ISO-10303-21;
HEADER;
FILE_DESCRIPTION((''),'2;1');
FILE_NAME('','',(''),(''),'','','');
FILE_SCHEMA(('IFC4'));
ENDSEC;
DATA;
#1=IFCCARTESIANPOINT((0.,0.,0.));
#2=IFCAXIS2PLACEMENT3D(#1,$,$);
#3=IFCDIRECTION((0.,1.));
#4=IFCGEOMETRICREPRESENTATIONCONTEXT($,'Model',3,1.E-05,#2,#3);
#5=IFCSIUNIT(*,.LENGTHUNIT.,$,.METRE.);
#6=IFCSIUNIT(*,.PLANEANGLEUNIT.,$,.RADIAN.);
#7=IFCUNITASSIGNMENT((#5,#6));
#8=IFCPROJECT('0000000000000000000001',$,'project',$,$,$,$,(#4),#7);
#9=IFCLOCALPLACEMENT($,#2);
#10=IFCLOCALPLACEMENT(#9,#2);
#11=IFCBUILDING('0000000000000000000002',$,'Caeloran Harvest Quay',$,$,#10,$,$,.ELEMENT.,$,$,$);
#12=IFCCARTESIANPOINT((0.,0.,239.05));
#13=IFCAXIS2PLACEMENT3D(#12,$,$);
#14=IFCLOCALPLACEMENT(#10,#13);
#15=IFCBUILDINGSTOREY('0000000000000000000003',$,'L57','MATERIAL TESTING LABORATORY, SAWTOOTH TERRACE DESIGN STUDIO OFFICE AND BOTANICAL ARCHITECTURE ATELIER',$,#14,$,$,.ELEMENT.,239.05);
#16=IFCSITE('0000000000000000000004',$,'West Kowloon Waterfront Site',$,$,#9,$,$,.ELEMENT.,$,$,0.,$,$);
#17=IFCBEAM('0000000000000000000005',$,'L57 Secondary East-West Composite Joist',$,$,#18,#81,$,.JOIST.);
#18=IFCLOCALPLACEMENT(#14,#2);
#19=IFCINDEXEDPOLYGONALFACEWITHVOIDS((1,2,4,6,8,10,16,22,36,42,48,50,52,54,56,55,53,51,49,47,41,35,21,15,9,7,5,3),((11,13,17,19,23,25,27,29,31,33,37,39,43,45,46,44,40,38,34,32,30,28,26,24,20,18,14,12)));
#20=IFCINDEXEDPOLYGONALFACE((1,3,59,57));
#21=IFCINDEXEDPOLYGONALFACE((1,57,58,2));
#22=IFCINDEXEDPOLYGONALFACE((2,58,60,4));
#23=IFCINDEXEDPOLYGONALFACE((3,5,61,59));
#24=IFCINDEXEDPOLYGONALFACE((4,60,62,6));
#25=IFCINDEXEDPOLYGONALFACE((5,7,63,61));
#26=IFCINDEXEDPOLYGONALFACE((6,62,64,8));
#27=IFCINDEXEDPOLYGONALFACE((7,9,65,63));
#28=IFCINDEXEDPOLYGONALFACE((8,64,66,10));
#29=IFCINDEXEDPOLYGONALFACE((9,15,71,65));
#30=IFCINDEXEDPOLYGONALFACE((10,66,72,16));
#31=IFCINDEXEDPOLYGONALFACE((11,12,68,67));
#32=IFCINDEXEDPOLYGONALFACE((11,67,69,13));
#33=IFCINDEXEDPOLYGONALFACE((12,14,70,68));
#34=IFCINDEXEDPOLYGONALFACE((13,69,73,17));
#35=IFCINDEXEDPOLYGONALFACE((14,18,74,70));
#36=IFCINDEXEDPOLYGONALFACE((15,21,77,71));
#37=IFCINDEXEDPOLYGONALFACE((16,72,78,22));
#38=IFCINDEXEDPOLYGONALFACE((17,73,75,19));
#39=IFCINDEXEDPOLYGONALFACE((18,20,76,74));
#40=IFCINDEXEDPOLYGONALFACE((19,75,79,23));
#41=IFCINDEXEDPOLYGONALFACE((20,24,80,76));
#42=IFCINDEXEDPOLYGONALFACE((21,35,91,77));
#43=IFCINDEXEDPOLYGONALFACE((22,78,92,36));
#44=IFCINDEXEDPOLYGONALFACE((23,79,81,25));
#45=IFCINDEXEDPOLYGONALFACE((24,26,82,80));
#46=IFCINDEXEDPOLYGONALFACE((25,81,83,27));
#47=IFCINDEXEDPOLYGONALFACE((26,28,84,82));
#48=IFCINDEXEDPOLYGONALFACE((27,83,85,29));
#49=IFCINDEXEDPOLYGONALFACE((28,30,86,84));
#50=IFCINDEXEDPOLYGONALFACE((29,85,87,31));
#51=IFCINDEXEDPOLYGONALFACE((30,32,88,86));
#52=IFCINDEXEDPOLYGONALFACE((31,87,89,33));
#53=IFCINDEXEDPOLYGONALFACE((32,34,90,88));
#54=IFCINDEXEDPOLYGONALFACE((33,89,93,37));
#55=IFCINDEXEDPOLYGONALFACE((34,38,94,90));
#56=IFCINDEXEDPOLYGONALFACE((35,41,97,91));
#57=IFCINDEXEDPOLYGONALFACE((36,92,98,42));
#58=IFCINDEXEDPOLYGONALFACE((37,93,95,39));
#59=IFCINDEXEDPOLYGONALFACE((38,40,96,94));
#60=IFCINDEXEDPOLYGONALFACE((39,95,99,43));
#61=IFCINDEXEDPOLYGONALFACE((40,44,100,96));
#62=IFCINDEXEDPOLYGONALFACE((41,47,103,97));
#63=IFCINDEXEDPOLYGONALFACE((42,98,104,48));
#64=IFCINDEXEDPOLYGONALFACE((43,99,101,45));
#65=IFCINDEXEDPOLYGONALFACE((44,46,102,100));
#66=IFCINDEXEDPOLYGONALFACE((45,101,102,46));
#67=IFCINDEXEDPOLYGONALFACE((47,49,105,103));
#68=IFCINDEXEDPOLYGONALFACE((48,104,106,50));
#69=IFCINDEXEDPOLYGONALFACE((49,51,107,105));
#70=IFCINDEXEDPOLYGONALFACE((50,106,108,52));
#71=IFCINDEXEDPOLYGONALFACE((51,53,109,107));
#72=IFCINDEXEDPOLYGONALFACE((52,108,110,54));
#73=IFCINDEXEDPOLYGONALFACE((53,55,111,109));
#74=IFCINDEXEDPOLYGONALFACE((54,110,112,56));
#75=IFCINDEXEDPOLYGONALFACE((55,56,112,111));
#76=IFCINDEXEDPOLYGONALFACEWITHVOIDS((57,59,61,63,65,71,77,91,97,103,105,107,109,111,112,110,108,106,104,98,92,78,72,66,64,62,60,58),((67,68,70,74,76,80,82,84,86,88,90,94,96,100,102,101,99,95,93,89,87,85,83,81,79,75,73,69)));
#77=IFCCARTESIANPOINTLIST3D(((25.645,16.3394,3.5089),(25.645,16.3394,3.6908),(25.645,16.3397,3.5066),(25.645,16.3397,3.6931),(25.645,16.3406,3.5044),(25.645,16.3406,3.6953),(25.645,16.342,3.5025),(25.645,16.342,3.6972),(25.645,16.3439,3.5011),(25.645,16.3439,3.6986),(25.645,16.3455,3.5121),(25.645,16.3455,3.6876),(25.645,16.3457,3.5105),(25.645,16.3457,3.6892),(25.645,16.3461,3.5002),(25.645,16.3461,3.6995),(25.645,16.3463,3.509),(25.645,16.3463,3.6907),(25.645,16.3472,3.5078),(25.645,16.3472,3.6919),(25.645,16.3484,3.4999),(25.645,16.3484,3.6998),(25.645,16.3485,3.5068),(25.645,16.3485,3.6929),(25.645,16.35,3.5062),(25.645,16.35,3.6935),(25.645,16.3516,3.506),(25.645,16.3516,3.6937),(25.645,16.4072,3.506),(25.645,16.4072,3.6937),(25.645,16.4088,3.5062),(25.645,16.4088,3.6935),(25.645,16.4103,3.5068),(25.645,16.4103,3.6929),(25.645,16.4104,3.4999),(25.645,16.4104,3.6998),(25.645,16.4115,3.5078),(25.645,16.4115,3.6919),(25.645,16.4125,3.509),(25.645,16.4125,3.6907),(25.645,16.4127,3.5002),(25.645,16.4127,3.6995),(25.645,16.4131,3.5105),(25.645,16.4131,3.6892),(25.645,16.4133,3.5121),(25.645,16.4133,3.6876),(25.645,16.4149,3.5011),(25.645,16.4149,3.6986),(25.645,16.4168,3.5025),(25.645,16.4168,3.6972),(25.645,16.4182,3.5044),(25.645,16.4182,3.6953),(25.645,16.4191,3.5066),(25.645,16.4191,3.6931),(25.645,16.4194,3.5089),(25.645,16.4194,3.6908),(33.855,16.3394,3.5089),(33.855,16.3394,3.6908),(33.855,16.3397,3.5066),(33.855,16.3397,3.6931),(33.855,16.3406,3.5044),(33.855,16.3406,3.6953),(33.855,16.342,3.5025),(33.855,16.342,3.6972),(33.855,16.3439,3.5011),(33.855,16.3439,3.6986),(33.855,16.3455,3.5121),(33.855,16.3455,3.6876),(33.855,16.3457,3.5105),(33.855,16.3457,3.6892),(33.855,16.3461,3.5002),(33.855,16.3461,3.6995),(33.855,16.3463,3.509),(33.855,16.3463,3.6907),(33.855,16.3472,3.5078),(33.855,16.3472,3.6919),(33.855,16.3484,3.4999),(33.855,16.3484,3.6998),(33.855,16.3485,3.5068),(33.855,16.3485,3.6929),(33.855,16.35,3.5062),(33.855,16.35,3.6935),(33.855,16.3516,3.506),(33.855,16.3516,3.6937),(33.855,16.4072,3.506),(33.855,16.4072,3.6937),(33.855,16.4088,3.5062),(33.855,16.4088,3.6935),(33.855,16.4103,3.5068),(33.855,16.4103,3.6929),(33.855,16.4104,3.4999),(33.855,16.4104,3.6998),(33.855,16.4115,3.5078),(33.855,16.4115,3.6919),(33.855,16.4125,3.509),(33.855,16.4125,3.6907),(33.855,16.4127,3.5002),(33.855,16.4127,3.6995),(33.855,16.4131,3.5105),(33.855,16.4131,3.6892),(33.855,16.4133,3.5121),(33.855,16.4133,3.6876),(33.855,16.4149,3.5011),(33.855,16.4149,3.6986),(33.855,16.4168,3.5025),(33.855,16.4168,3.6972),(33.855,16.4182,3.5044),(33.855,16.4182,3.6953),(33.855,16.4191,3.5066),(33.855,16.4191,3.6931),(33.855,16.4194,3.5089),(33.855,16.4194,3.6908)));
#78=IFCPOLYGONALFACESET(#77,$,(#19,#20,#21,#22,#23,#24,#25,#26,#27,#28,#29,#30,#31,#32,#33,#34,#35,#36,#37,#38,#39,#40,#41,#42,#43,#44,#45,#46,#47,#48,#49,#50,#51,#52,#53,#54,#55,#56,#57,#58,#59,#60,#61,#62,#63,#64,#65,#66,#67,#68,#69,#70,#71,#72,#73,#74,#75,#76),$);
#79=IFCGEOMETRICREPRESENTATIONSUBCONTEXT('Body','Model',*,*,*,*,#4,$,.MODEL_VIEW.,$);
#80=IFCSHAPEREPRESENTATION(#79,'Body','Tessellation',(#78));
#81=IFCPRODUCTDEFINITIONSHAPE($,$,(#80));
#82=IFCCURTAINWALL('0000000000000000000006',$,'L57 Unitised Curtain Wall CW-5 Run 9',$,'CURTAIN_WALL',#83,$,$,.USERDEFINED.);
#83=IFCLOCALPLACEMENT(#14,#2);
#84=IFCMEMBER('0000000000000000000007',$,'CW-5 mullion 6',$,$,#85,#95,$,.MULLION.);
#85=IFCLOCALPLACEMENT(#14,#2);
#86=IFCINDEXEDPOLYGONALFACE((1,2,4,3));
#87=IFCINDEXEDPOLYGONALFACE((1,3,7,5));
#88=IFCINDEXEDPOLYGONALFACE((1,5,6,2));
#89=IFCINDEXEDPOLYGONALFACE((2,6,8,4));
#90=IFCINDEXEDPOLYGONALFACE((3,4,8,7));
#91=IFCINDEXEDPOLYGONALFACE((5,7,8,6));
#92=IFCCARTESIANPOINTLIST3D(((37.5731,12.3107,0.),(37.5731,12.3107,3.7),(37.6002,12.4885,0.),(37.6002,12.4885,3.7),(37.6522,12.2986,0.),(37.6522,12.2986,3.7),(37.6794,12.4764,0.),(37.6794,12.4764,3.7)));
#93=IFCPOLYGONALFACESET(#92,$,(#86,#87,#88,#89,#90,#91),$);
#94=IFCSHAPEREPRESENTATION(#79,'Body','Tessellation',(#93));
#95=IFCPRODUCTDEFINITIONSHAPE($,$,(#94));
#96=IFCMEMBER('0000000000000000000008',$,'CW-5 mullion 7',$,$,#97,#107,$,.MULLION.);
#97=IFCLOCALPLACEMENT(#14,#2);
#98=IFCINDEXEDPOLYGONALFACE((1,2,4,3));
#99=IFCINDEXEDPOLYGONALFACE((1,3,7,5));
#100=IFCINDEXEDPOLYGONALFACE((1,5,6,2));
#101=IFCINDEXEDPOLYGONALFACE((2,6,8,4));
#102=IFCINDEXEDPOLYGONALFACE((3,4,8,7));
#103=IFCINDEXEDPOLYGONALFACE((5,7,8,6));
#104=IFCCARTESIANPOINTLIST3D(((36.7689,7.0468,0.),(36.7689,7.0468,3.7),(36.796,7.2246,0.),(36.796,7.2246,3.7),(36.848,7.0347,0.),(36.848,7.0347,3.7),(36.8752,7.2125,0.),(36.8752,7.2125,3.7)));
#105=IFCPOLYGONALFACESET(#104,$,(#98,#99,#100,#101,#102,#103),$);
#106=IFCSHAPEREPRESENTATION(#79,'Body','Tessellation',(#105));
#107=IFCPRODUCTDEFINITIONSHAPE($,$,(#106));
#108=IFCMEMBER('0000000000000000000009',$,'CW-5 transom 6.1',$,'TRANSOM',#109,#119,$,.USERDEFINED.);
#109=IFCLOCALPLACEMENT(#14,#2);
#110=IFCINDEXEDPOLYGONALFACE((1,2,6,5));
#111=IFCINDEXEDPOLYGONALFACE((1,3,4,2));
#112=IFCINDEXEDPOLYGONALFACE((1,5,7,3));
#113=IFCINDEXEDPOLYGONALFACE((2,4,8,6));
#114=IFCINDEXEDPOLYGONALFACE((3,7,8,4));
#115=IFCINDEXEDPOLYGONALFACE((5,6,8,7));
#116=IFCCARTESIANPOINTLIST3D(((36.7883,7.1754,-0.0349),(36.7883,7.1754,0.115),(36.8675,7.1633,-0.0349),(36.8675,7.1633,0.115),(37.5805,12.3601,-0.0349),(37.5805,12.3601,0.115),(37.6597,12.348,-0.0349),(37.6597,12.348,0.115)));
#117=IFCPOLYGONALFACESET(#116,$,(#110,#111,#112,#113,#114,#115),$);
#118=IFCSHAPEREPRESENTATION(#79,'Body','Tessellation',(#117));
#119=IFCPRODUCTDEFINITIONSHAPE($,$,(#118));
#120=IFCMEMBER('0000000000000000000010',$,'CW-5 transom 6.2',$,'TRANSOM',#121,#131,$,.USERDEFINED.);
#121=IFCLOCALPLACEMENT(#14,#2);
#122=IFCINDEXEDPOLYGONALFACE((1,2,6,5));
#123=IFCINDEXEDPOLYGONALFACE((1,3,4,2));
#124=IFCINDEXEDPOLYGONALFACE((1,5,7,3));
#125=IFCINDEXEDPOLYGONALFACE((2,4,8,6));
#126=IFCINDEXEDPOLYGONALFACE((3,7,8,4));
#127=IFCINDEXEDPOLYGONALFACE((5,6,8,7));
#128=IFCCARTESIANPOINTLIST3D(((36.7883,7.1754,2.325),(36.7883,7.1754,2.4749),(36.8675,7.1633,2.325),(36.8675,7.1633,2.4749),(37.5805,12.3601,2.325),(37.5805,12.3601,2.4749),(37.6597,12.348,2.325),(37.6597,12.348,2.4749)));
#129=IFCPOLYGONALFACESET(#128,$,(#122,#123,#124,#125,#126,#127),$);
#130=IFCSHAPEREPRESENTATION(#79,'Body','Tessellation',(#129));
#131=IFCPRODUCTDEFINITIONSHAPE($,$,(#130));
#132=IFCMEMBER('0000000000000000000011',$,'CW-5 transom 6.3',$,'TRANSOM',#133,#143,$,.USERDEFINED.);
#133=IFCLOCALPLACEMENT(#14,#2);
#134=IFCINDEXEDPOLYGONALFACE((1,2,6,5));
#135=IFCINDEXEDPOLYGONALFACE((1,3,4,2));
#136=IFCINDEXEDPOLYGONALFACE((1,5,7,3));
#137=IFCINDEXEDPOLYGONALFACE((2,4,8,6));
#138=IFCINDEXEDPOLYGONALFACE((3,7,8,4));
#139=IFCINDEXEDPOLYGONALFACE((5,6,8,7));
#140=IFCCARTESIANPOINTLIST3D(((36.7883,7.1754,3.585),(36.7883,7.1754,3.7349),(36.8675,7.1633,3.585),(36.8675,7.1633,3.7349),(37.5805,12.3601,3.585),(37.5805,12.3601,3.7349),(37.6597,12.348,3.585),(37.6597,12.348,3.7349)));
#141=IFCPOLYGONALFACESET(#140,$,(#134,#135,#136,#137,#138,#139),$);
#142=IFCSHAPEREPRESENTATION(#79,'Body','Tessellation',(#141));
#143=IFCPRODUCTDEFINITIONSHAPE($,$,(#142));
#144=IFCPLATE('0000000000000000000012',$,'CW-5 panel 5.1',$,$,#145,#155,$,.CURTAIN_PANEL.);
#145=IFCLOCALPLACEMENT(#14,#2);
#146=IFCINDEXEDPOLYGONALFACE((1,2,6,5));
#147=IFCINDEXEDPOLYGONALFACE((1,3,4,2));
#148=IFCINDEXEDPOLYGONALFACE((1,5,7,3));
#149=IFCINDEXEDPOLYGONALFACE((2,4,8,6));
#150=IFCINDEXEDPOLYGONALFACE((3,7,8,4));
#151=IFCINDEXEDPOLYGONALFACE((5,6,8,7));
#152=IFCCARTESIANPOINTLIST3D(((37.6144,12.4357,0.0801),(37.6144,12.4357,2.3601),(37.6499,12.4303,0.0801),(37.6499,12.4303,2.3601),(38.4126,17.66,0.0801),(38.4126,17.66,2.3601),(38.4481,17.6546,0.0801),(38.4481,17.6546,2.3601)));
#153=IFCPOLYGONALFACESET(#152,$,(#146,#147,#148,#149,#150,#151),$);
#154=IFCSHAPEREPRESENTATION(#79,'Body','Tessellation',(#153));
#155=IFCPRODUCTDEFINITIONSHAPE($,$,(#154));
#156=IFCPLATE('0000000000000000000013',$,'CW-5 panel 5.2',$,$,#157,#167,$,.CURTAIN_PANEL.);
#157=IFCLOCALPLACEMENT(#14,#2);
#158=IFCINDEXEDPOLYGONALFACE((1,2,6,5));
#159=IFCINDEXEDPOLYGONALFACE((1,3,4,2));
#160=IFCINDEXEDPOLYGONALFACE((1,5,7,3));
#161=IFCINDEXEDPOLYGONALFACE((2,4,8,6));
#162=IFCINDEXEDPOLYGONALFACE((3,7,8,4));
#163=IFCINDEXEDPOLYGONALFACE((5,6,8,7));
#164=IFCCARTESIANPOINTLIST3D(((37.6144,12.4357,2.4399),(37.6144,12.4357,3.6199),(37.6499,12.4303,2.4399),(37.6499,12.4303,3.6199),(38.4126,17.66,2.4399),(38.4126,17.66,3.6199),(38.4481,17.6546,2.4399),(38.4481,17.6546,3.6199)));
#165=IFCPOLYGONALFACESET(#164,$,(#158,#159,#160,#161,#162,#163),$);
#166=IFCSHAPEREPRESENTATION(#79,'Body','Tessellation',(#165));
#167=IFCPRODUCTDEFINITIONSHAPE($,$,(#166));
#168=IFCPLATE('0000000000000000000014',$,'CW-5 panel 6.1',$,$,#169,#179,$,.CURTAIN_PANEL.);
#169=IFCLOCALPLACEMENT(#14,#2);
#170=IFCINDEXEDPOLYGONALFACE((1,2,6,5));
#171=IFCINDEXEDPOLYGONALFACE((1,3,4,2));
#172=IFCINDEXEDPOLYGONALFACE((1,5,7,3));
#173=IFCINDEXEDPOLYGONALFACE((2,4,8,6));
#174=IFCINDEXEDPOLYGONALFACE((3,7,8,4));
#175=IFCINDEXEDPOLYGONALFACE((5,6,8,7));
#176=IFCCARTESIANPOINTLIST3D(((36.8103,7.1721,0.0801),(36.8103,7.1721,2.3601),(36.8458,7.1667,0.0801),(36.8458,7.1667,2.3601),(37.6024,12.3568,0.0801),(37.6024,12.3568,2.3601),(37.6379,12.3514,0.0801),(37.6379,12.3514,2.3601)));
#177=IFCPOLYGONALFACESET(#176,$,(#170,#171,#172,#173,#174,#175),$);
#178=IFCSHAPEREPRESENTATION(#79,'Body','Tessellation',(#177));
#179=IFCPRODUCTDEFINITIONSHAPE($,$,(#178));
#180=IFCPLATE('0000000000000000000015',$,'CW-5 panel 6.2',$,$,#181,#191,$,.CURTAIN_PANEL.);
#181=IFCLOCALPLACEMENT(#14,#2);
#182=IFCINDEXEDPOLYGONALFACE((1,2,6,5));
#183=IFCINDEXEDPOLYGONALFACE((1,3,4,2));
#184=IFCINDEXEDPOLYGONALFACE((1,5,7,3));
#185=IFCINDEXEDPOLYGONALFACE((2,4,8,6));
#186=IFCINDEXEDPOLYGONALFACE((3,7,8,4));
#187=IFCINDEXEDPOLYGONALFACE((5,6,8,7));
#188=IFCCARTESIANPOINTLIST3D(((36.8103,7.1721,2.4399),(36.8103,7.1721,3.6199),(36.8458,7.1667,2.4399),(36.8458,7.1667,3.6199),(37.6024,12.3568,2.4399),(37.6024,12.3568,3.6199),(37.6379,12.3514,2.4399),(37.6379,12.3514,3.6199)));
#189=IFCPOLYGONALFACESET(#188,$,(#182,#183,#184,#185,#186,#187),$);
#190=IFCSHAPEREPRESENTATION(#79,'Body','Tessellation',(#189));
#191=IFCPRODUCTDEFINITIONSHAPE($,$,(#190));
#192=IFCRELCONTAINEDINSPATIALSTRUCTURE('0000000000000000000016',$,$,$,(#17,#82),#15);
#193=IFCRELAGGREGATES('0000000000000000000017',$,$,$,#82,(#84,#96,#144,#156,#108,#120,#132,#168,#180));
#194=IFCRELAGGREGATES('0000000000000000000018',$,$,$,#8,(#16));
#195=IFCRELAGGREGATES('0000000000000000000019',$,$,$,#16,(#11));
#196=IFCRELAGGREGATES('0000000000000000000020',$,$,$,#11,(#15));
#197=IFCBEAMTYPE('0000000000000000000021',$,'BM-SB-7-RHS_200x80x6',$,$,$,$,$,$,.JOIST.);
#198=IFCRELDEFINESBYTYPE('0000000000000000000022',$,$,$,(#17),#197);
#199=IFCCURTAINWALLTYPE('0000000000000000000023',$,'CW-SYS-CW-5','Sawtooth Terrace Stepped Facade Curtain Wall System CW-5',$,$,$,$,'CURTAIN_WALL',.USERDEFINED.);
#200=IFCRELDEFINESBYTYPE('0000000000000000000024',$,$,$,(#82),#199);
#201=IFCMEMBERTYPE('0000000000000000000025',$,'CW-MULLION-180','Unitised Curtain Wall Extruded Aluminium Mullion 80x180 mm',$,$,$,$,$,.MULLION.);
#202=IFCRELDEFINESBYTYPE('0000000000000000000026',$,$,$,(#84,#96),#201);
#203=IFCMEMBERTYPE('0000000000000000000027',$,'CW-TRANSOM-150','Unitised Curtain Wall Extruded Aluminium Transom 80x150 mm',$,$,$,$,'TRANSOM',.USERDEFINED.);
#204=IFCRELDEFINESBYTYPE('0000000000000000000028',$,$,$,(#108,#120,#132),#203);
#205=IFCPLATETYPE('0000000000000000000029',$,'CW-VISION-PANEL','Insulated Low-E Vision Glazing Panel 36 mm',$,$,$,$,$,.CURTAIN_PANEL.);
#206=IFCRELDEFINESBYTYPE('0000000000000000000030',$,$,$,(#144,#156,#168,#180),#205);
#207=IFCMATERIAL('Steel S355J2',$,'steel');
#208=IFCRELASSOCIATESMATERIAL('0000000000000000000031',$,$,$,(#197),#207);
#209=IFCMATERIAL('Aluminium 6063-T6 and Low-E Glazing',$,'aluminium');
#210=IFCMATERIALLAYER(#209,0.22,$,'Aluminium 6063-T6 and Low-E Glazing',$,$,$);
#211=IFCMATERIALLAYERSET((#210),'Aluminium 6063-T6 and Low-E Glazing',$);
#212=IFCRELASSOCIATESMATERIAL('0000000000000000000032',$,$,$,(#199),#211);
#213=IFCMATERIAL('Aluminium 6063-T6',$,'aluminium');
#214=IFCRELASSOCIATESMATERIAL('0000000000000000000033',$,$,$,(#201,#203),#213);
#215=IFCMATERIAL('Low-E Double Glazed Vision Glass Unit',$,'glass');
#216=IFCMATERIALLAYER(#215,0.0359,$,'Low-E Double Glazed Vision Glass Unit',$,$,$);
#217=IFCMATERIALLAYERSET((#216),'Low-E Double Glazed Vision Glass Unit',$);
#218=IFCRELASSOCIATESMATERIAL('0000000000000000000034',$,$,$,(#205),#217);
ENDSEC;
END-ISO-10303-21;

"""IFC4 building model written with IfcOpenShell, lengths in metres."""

from ifc_helpers import new_model, si_unit, direction, frame, origin, origin_2d, place, context, subcontext, project, spatial, rectangle, hollow_rectangle, extrude, material, layer, layer_set, material_profile, profile_set, type_object, element, aggregate, save


model = new_model("IFC4")

# Units and contexts
model_context = context("Model", 3, precision=1e-05, world=origin(), true_north=direction((0.0, 1.0)))
body_context = subcontext(model_context, "Body", "Model", "MODEL_VIEW")
ifc_project = project(units=[si_unit("LENGTHUNIT", "METRE"), si_unit("PLANEANGLEUNIT", "RADIAN")], contexts=[model_context])

# Site, building, storey
site_placement = place(None, origin())
site = spatial("IfcSite", under=ifc_project, at=site_placement, Name="West Kowloon Waterfront Site", CompositionType="ELEMENT", RefElevation=0.0)
building_placement = place(site_placement, origin())
building = spatial("IfcBuilding", under=site, at=building_placement, Name="Caeloran Harvest Quay", CompositionType="ELEMENT")
storey_placement = place(building_placement, frame((0.0, 0.0, 239.05)))
storey = spatial("IfcBuildingStorey", under=building, at=storey_placement, Name="L57", Description="MATERIAL TESTING LABORATORY, SAWTOOTH TERRACE DESIGN STUDIO OFFICE AND BOTANICAL ARCHITECTURE ATELIER", CompositionType="ELEMENT", Elevation=239.05)

# Beam
ifc_material_1 = material(Name="Steel S355J2", Category="steel")
ifc_material_profile_1 = material_profile(ifc_material_1, hollow_rectangle(XDim=0.0801, YDim=0.2, WallThickness=0.0061, InnerFilletRadius=0.0061, OuterFilletRadius=0.009, at=origin_2d()), Name="RHS 200x80x6")
ifc_profile_set_1 = profile_set([ifc_material_profile_1], Name="Steel S355J2")
beam_type_1 = type_object("IfcBeamType", Name="BM-SB-7-RHS_200x80x6", PredefinedType="JOIST", material=ifc_profile_set_1)
beam_1_placement = place(storey_placement, frame((25.645, 16.3794, 3.5999), z_axis=(1.0, 0.0, 0.0), x_axis=(0.0, 1.0, 0.0)))
element("IfcBeam", 1, at=beam_1_placement, inside=storey, type_object=beam_type_1, Name="L57 Secondary East-West Composite Joist", PredefinedType="JOIST", context=body_context, shape_type="SweptSolid", body=[
    extrude(hollow_rectangle(XDim=0.0801, YDim=0.2, WallThickness=0.0061, InnerFilletRadius=0.0061, OuterFilletRadius=0.009, at=origin_2d()), origin(), (0.0, 0.0, 1.0), 8.21),
])

# Curtain wall, members, plates
ifc_material_2 = material(Name="Aluminium 6063-T6 and Low-E Glazing", Category="aluminium")
ifc_layer_1 = layer(ifc_material_2, 0.22, Name="Aluminium 6063-T6 and Low-E Glazing")
ifc_layer_set_1 = layer_set([ifc_layer_1], Name="Aluminium 6063-T6 and Low-E Glazing")
curtain_wall_type = type_object("IfcCurtainWallType", Name="CW-SYS-CW-5", Description="Sawtooth Terrace Stepped Facade Curtain Wall System CW-5", ElementType="CURTAIN_WALL", PredefinedType="USERDEFINED", material=ifc_layer_set_1)
curtain_wall_placement = place(storey_placement, origin())
curtain_wall = element("IfcCurtainWall", 2, at=curtain_wall_placement, inside=storey, type_object=curtain_wall_type, Name="L57 Unitised Curtain Wall CW-5 Run 9", ObjectType="CURTAIN_WALL", PredefinedType="USERDEFINED")
ifc_material_3 = material(Name="Aluminium 6063-T6", Category="aluminium")
ifc_material_profile_2 = material_profile(ifc_material_3, rectangle(XDim=0.0801, YDim=0.1799, at=origin_2d()), Name="CW-MULLION-180")
ifc_profile_set_2 = profile_set([ifc_material_profile_2], Name="Aluminium 6063-T6")
member_type_1 = type_object("IfcMemberType", Name="CW-MULLION-180", Description="Unitised Curtain Wall Extruded Aluminium Mullion 80x180 mm", PredefinedType="MULLION", material=ifc_profile_set_2)
member_1_placement = place(storey_placement, frame((37.6262, 12.3936, 0.0), z_axis=(0.0, 0.0, 1.0), x_axis=(0.98853, -0.151028, 0.0)))
member_1 = element("IfcMember", 3, at=member_1_placement, type_object=member_type_1, Name="CW-5 mullion 6", PredefinedType="MULLION", context=body_context, shape_type="SweptSolid", body=[
    extrude(rectangle(XDim=0.0801, YDim=0.1799, at=origin_2d()), origin(), (0.0, 0.0, 1.0), 3.7),
])
member_2_placement = place(storey_placement, frame((36.822, 7.1296, 0.0), z_axis=(0.0, 0.0, 1.0), x_axis=(0.98853, -0.151028, 0.0)))
member_2 = element("IfcMember", 4, at=member_2_placement, type_object=member_type_1, Name="CW-5 mullion 7", PredefinedType="MULLION", context=body_context, shape_type="SweptSolid", body=[
    extrude(rectangle(XDim=0.0801, YDim=0.1799, at=origin_2d()), origin(), (0.0, 0.0, 1.0), 3.7),
])
ifc_material_profile_3 = material_profile(ifc_material_3, rectangle(XDim=0.0801, YDim=0.1499, at=origin_2d()), Name="CW-TRANSOM-150")
ifc_profile_set_3 = profile_set([ifc_material_profile_3], Name="Aluminium 6063-T6")
member_type_2 = type_object("IfcMemberType", Name="CW-TRANSOM-150", Description="Unitised Curtain Wall Extruded Aluminium Transom 80x150 mm", ElementType="TRANSOM", PredefinedType="USERDEFINED", material=ifc_profile_set_3)
member_3_placement = place(storey_placement, frame((37.6201, 12.354, 0.04), z_axis=(-0.151046, -0.988527, 0.0), x_axis=(0.988527, -0.151046, 0.0)))
member_3 = element("IfcMember", 5, at=member_3_placement, type_object=member_type_2, Name="CW-5 transom 6.1", ObjectType="TRANSOM", PredefinedType="USERDEFINED", context=body_context, shape_type="SweptSolid", body=[
    extrude(rectangle(XDim=0.0801, YDim=0.1499, at=origin_2d()), origin(), (0.0, 0.0, 1.0), 5.2449),
])
member_4_placement = place(storey_placement, frame((37.6201, 12.354, 2.3999), z_axis=(-0.151046, -0.988527, 0.0), x_axis=(0.988527, -0.151046, 0.0)))
member_4 = element("IfcMember", 6, at=member_4_placement, type_object=member_type_2, Name="CW-5 transom 6.2", ObjectType="TRANSOM", PredefinedType="USERDEFINED", context=body_context, shape_type="SweptSolid", body=[
    extrude(rectangle(XDim=0.0801, YDim=0.1499, at=origin_2d()), origin(), (0.0, 0.0, 1.0), 5.2449),
])
member_5_placement = place(storey_placement, frame((37.6201, 12.354, 3.6599), z_axis=(-0.151046, -0.988527, 0.0), x_axis=(0.988527, -0.151046, 0.0)))
member_5 = element("IfcMember", 7, at=member_5_placement, type_object=member_type_2, Name="CW-5 transom 6.3", ObjectType="TRANSOM", PredefinedType="USERDEFINED", context=body_context, shape_type="SweptSolid", body=[
    extrude(rectangle(XDim=0.0801, YDim=0.1499, at=origin_2d()), origin(), (0.0, 0.0, 1.0), 5.2449),
])
ifc_material_4 = material(Name="Low-E Double Glazed Vision Glass Unit", Category="glass")
ifc_layer_2 = layer(ifc_material_4, 0.0359, Name="Low-E Double Glazed Vision Glass Unit")
ifc_layer_set_2 = layer_set([ifc_layer_2], Name="Low-E Double Glazed Vision Glass Unit")
plate_type = type_object("IfcPlateType", Name="CW-VISION-PANEL", Description="Insulated Low-E Vision Glazing Panel 36 mm", PredefinedType="CURTAIN_PANEL", material=ifc_layer_set_2)
plate_1_placement = place(storey_placement, frame((38.0312, 15.0452, 0.0801), z_axis=(0.0, 0.0, 1.0), x_axis=(-0.151028, -0.98853, 0.0)))
plate_1 = element("IfcPlate", 8, at=plate_1_placement, type_object=plate_type, Name="CW-5 panel 5.1", PredefinedType="CURTAIN_PANEL", context=body_context, shape_type="SweptSolid", body=[
    extrude(rectangle(XDim=5.2849, YDim=0.0359, at=origin_2d()), origin(), (0.0, 0.0, 1.0), 2.28),
])
plate_2_placement = place(storey_placement, frame((38.0312, 15.0452, 2.4399), z_axis=(0.0, 0.0, 1.0), x_axis=(-0.151028, -0.98853, 0.0)))
plate_2 = element("IfcPlate", 9, at=plate_2_placement, type_object=plate_type, Name="CW-5 panel 5.2", PredefinedType="CURTAIN_PANEL", context=body_context, shape_type="SweptSolid", body=[
    extrude(rectangle(XDim=5.2849, YDim=0.0359, at=origin_2d()), origin(), (0.0, 0.0, 1.0), 1.1799),
])
plate_3_placement = place(storey_placement, frame((37.2241, 9.7617, 0.0801), z_axis=(0.0, 0.0, 1.0), x_axis=(-0.151028, -0.98853, 0.0)))
plate_3 = element("IfcPlate", 10, at=plate_3_placement, type_object=plate_type, Name="CW-5 panel 6.1", PredefinedType="CURTAIN_PANEL", context=body_context, shape_type="SweptSolid", body=[
    extrude(rectangle(XDim=5.2449, YDim=0.0359, at=origin_2d()), origin(), (0.0, 0.0, 1.0), 2.28),
])
plate_4_placement = place(storey_placement, frame((37.2241, 9.7617, 2.4399), z_axis=(0.0, 0.0, 1.0), x_axis=(-0.151028, -0.98853, 0.0)))
plate_4 = element("IfcPlate", 11, at=plate_4_placement, type_object=plate_type, Name="CW-5 panel 6.2", PredefinedType="CURTAIN_PANEL", context=body_context, shape_type="SweptSolid", body=[
    extrude(rectangle(XDim=5.2449, YDim=0.0359, at=origin_2d()), origin(), (0.0, 0.0, 1.0), 1.1799),
])
aggregate(curtain_wall, [member_1, member_2, plate_1, plate_2, member_3, member_4, member_5, plate_3, plate_4])

save(model, "model.ifc")
